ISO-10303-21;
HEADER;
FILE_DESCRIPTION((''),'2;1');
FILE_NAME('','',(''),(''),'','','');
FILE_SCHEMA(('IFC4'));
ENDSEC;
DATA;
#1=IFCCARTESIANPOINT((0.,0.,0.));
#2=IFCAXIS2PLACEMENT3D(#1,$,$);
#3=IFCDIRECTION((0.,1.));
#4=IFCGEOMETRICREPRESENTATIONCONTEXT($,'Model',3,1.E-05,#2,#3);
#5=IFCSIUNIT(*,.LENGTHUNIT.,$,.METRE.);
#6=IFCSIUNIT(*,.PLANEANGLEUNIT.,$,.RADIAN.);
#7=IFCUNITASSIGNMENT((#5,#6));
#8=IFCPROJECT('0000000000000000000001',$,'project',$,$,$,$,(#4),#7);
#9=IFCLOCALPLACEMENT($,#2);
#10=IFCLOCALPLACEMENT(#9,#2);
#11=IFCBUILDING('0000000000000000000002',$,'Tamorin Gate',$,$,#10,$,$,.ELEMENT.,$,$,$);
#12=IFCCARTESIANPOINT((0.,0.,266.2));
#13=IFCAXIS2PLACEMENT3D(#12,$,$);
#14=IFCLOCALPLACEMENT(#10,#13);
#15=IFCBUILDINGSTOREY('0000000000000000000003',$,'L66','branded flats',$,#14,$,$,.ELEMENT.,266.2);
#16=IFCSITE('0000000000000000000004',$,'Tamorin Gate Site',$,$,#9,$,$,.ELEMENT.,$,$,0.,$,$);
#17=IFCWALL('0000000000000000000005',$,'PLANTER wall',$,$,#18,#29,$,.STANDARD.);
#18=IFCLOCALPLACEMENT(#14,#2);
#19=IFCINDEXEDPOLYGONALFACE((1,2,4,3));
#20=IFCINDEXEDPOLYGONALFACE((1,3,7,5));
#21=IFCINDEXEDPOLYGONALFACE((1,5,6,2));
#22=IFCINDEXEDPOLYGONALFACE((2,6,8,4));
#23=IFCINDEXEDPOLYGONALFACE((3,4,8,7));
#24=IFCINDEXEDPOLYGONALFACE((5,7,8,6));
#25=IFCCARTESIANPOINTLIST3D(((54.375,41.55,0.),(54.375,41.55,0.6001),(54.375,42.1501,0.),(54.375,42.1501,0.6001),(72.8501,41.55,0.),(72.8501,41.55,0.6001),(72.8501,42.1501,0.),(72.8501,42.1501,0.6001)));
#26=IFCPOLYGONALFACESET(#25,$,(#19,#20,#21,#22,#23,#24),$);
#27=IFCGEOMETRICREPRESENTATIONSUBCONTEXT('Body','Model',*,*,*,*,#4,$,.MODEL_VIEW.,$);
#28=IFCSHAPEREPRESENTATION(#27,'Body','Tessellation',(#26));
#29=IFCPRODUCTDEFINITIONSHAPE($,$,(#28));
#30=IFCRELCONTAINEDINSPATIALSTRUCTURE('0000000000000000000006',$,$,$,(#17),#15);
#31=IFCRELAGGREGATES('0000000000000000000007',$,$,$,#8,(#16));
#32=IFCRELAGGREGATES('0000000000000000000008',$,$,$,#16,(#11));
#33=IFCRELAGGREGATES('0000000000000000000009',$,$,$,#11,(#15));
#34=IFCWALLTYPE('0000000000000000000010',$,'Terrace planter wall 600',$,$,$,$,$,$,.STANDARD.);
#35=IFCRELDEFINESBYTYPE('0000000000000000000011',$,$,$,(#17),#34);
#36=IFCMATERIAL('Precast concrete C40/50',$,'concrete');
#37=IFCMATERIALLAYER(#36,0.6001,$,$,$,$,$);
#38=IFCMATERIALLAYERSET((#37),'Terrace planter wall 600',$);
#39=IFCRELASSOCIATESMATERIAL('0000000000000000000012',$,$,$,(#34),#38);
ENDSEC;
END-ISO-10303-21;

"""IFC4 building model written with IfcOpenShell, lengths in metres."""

from ifc_helpers import new_model, si_unit, direction, frame, frame_2d, origin, place, context, subcontext, project, spatial, rectangle, extrude, material, layer, layer_set, type_object, element, save


model = new_model("IFC4")

# Units and contexts
model_context = context("Model", 3, precision=1e-05, world=origin(), true_north=direction((0.0, 1.0)))
body_context = subcontext(model_context, "Body", "Model", "MODEL_VIEW")
ifc_project = project(units=[si_unit("LENGTHUNIT", "METRE"), si_unit("PLANEANGLEUNIT", "RADIAN")], contexts=[model_context])

# Site, building, storey
site_placement = place(None, origin())
site = spatial("IfcSite", under=ifc_project, at=site_placement, Name="Tamorin Gate Site", CompositionType="ELEMENT", RefElevation=0.0)
building_placement = place(site_placement, origin())
building = spatial("IfcBuilding", under=site, at=building_placement, Name="Tamorin Gate", CompositionType="ELEMENT")
storey_placement = place(building_placement, frame((0.0, 0.0, 266.2)))
storey = spatial("IfcBuildingStorey", under=building, at=storey_placement, Name="L66", Description="branded flats", CompositionType="ELEMENT", Elevation=266.2)

# Shared definitions
ifc_material_1 = material(Name="Precast concrete C40/50", Category="concrete")

# Wall
ifc_layer_1 = layer(ifc_material_1, 0.6001)
ifc_layer_set_1 = layer_set([ifc_layer_1], Name="Terrace planter wall 600")
wall_type_1 = type_object("IfcWallType", Name="Terrace planter wall 600", PredefinedType="STANDARD", material=ifc_layer_set_1)
wall_1_placement = place(storey_placement, frame((54.375, 41.8501, 0.0), z_axis=(0.0, 0.0, 1.0), x_axis=(1.0, 0.0, 0.0)))
element("IfcWall", 1, at=wall_1_placement, inside=storey, type_object=wall_type_1, Name="PLANTER wall", PredefinedType="STANDARD", context=body_context, shape_type="SweptSolid", body=[
    extrude(rectangle(XDim=18.4751, YDim=0.6001, at=frame_2d((9.2375, 0.0))), origin(), (0.0, 0.0, 1.0), 0.6001),
])

save(model, "model.ifc")
